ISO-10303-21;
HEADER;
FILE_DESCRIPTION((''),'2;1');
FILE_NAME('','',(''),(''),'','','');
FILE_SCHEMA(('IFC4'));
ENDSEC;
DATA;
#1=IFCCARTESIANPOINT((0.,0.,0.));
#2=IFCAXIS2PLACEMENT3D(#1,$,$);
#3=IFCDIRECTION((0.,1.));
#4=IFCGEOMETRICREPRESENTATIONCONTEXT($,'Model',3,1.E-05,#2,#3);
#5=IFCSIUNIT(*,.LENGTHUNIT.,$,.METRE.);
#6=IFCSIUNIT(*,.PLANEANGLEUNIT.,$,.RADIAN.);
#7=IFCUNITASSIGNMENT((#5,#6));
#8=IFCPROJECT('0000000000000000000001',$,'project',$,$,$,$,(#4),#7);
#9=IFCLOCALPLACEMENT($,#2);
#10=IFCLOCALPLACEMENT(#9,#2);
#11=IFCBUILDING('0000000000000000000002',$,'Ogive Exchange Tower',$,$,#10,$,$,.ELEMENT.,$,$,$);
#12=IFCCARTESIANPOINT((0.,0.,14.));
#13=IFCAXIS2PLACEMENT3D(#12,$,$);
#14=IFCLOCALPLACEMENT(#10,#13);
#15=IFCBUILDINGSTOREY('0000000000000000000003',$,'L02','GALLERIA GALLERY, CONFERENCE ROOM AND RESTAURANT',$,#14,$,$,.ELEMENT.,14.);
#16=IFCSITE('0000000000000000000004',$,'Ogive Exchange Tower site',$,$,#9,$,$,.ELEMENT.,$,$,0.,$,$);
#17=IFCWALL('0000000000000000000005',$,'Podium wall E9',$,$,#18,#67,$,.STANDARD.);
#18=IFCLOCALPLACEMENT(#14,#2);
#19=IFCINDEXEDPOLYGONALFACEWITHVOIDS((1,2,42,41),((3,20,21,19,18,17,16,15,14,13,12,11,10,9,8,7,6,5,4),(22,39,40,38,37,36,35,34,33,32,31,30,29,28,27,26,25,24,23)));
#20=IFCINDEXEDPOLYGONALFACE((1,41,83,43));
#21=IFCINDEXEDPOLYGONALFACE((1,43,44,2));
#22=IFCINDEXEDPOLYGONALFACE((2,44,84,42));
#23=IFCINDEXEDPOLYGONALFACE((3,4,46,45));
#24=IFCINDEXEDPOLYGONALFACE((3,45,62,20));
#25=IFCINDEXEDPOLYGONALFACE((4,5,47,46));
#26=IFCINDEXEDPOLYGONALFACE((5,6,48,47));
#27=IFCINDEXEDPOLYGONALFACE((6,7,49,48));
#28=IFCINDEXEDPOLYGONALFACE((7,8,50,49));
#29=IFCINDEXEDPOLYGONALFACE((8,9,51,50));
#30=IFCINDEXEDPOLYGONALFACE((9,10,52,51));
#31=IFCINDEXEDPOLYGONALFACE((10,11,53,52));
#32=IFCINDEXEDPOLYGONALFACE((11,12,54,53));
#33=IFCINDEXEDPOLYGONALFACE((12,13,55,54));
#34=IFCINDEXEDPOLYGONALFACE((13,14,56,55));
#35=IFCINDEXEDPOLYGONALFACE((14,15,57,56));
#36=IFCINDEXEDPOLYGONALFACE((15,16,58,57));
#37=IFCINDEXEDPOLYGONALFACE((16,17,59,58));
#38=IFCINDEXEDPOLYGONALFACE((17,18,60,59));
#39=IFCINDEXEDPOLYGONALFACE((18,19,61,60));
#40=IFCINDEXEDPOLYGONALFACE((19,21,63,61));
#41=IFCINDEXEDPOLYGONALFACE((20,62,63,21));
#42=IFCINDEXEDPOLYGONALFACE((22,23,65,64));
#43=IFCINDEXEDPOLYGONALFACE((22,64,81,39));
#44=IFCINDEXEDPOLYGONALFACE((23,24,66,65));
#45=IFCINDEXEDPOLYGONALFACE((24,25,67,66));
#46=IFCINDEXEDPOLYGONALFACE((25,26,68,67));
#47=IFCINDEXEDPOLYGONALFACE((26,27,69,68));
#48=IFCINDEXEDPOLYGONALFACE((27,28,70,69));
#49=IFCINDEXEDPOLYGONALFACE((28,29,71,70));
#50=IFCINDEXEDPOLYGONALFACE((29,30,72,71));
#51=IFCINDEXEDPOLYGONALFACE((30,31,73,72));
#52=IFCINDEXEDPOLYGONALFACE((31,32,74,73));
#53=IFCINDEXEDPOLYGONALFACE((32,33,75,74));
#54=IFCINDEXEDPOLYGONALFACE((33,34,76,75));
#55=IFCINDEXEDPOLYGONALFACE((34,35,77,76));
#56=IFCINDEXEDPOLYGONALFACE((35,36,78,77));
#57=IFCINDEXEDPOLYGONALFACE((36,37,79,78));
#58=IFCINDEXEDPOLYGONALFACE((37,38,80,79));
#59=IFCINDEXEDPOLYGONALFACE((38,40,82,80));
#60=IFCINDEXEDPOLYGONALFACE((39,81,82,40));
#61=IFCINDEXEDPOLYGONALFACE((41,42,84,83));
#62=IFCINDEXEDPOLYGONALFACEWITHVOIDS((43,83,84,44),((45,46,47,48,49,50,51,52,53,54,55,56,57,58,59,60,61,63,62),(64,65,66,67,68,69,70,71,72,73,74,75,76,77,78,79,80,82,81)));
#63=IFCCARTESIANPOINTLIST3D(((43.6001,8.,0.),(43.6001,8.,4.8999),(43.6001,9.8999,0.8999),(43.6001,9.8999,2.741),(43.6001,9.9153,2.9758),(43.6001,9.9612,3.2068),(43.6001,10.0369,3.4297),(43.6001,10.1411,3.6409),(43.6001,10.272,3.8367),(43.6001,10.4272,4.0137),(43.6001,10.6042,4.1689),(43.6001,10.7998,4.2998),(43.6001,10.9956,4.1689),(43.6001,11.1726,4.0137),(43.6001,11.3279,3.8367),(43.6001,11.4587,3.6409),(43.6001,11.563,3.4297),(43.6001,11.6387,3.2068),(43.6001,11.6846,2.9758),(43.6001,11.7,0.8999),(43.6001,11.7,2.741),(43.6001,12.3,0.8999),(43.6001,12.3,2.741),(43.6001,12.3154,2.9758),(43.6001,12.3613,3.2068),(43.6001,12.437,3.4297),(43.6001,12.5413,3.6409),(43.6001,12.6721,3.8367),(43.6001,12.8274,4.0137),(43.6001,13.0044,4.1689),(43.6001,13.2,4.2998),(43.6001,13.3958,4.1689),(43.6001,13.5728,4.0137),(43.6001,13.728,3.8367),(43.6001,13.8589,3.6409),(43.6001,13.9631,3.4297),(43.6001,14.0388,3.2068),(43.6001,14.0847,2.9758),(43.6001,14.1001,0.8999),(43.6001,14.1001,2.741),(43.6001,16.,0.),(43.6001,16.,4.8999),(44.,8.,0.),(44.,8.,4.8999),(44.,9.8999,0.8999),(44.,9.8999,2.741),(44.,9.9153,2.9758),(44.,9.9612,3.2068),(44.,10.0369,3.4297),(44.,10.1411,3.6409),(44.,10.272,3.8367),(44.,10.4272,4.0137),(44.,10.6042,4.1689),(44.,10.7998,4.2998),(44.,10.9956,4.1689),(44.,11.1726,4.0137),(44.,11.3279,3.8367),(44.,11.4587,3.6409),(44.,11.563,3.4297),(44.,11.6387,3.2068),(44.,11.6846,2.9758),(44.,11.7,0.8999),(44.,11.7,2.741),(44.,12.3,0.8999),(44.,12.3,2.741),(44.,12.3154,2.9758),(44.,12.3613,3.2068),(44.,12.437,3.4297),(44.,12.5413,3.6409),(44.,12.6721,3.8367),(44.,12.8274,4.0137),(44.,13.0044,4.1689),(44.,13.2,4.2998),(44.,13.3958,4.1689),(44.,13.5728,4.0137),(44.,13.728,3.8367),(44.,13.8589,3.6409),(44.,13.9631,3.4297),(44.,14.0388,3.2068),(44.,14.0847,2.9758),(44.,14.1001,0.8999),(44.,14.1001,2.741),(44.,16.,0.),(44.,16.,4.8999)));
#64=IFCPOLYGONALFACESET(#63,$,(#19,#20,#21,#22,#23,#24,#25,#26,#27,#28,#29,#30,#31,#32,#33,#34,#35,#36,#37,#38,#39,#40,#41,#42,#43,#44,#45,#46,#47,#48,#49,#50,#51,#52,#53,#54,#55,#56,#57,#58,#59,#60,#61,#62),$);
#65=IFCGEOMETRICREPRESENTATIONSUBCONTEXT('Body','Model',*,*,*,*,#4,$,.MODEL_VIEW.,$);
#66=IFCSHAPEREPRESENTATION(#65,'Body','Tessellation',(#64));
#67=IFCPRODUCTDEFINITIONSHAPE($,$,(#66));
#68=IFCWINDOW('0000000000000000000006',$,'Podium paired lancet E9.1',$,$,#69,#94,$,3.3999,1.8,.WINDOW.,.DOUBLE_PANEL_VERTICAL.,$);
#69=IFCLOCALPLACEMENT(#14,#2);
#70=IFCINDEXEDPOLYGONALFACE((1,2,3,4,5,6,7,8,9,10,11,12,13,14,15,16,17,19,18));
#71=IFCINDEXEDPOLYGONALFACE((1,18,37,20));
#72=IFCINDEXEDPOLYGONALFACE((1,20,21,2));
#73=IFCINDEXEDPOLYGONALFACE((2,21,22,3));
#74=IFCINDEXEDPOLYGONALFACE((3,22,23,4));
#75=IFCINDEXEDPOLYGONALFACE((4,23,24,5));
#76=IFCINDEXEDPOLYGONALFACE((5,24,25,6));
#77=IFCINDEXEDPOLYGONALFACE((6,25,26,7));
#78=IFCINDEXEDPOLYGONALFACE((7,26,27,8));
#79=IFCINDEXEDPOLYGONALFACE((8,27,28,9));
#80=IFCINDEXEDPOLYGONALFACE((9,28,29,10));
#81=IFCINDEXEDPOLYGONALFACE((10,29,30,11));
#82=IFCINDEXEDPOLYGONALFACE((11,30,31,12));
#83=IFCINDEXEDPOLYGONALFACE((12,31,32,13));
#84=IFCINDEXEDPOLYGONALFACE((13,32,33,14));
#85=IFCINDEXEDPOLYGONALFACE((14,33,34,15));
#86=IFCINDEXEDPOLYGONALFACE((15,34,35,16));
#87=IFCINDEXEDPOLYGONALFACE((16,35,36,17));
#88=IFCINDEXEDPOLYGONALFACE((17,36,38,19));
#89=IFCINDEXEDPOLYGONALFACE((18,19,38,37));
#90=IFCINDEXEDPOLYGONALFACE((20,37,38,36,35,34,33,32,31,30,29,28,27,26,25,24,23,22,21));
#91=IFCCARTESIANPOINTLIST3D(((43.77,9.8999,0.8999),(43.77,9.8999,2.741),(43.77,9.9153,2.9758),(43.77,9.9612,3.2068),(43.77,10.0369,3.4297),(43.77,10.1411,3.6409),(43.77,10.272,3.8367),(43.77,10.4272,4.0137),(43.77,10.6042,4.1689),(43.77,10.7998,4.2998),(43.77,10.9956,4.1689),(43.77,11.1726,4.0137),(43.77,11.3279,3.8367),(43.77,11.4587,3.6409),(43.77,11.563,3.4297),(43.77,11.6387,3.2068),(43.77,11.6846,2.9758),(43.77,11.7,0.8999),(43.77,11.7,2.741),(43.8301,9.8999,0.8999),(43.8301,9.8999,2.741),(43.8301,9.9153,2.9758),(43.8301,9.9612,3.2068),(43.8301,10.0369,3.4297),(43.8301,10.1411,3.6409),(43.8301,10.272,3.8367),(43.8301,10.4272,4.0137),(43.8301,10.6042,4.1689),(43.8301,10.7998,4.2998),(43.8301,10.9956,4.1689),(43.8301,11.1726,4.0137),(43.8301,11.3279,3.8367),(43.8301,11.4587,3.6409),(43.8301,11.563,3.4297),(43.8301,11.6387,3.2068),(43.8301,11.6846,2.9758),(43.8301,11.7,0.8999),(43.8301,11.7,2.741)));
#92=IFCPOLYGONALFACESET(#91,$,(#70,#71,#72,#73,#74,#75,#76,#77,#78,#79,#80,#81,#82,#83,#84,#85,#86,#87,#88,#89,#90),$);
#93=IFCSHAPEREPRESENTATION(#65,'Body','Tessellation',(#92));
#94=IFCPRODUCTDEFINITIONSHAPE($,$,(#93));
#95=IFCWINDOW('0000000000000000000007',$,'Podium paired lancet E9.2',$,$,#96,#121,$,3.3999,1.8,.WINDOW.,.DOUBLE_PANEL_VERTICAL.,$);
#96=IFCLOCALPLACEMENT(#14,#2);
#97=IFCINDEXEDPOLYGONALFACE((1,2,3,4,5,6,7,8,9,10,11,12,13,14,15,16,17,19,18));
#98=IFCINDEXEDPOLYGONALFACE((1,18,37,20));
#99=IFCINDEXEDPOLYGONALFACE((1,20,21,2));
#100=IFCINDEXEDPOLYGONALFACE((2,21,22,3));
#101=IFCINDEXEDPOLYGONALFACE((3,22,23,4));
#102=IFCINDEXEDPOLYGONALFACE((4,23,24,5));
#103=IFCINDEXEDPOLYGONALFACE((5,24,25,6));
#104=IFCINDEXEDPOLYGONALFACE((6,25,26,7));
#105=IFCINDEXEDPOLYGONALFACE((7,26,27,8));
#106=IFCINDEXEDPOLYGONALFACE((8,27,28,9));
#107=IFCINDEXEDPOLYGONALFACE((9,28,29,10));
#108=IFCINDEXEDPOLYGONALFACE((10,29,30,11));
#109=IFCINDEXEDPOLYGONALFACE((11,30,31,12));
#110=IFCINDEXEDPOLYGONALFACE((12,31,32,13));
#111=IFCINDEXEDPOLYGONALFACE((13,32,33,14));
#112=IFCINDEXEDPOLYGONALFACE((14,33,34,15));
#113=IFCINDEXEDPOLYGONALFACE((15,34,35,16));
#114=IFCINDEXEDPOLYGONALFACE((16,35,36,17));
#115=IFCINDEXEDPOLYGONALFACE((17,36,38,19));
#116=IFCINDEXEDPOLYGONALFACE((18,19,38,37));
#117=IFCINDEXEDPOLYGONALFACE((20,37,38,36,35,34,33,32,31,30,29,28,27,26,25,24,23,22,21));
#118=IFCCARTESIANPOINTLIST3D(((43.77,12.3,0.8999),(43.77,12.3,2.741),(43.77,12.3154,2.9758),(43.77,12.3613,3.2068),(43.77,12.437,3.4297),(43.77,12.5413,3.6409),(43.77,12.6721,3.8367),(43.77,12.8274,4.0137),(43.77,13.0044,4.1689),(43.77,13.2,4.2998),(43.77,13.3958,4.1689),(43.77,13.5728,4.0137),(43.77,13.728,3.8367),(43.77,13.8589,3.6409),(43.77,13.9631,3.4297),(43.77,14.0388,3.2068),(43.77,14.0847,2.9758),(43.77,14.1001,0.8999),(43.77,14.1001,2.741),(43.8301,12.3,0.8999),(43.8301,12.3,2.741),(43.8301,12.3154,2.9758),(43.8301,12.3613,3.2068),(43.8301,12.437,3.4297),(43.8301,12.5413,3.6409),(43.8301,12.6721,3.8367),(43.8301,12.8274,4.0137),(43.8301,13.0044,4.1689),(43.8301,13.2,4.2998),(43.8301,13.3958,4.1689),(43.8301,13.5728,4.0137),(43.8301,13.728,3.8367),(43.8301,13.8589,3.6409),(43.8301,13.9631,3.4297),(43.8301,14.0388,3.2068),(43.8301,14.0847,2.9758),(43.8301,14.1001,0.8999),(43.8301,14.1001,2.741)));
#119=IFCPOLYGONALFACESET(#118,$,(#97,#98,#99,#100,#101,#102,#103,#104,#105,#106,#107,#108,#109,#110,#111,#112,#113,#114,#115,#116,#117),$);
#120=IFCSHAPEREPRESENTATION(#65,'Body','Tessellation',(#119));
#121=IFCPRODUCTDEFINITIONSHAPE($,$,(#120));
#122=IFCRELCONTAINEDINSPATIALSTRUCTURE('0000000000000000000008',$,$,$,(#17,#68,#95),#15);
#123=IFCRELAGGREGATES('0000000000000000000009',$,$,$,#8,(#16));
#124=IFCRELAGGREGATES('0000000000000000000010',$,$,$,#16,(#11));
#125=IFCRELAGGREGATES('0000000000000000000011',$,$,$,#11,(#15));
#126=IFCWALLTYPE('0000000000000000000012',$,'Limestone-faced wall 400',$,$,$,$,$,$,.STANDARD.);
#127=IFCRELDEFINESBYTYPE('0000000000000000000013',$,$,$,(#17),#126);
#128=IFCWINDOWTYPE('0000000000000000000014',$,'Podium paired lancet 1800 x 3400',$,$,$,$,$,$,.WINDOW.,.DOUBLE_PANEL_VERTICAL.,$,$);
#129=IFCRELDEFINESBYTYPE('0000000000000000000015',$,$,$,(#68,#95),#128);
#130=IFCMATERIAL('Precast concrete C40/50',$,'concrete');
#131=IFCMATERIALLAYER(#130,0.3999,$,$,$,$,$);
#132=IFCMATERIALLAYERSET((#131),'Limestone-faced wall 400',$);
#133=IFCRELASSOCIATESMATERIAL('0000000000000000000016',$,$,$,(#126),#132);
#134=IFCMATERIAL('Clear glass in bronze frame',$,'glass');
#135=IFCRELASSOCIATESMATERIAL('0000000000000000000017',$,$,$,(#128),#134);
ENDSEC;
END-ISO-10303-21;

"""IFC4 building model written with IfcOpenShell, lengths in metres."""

from ifc_helpers import new_model, si_unit, direction, frame, frame_2d, origin, place, context, subcontext, project, spatial, polyline, rectangle, outline, extrude, material, layer, layer_set, type_object, element, fill, save


model = new_model("IFC4")

# Units and contexts
model_context = context("Model", 3, precision=1e-05, world=origin(), true_north=direction((0.0, 1.0)))
body_context = subcontext(model_context, "Body", "Model", "MODEL_VIEW")
ifc_project = project(units=[si_unit("LENGTHUNIT", "METRE"), si_unit("PLANEANGLEUNIT", "RADIAN")], contexts=[model_context])

# Site, building, storey
site_placement = place(None, origin())
site = spatial("IfcSite", under=ifc_project, at=site_placement, Name="Ogive Exchange Tower site", CompositionType="ELEMENT", RefElevation=0.0)
building_placement = place(site_placement, origin())
building = spatial("IfcBuilding", under=site, at=building_placement, Name="Ogive Exchange Tower", CompositionType="ELEMENT")
storey_placement = place(building_placement, frame((0.0, 0.0, 14.0)))
storey = spatial("IfcBuildingStorey", under=building, at=storey_placement, Name="L02", Description="GALLERIA GALLERY, CONFERENCE ROOM AND RESTAURANT", CompositionType="ELEMENT", Elevation=14.0)

# Wall, openings, windows
ifc_material_1 = material(Name="Precast concrete C40/50", Category="concrete")
ifc_layer_1 = layer(ifc_material_1, 0.3999)
ifc_layer_set_1 = layer_set([ifc_layer_1], Name="Limestone-faced wall 400")
wall_type_1 = type_object("IfcWallType", Name="Limestone-faced wall 400", PredefinedType="STANDARD", material=ifc_layer_set_1)
ifc_material_2 = material(Name="Clear glass in bronze frame", Category="glass")
window_type = type_object("IfcWindowType", Name="Podium paired lancet 1800 x 3400", PartitioningType="DOUBLE_PANEL_VERTICAL", PredefinedType="WINDOW", material=ifc_material_2)
wall_1_placement = place(storey_placement, frame((43.8, 8.0, 0.0), z_axis=(0.0, 0.0, 1.0), x_axis=(0.0, 1.0, 0.0)))
wall_1 = element("IfcWall", 1, at=wall_1_placement, inside=storey, type_object=wall_type_1, Name="Podium wall E9", PredefinedType="STANDARD", context=body_context, shape_type="SweptSolid", body=[
    extrude(rectangle(XDim=8.0, YDim=0.3999, at=frame_2d((4.0, 0.0))), origin(), (0.0, 0.0, 1.0), 4.8999),
])
opening_1_placement = place(wall_1_placement, frame((1.8999, 0.0, 0.8999)))
opening_1 = element("IfcOpeningElement", 2, at=opening_1_placement, cuts=wall_1, PredefinedType="OPENING", context=body_context, shape_type="SweptSolid", body=[
    extrude(outline(polyline([(0.0, 0.0), (1.8, 0.0), (1.8, 1.8411), (1.7847, 2.0759), (1.7388, 2.3069), (1.6631, 2.5298), (1.5588, 2.741), (1.428, 2.9368), (1.2727, 3.1138), (1.0957, 3.269), (0.8999, 3.3999), (0.7043, 3.269), (0.5273, 3.1138), (0.3721, 2.9368), (0.2412, 2.741), (0.137, 2.5298), (0.0613, 2.3069), (0.0154, 2.0759), (0.0, 1.8411), (0.0, 0.0)])), frame((0.0, 0.21, 0.0), z_axis=(0.0, -1.0, 0.0), x_axis=(1.0, 0.0, 0.0)), (0.0, 0.0, 1.0), 0.4199),
])
opening_2_placement = place(wall_1_placement, frame((4.3, 0.0, 0.8999)))
opening_2 = element("IfcOpeningElement", 3, at=opening_2_placement, cuts=wall_1, PredefinedType="OPENING", context=body_context, shape_type="SweptSolid", body=[
    extrude(outline(polyline([(0.0, 0.0), (1.8, 0.0), (1.8, 1.8411), (1.7847, 2.0759), (1.7388, 2.3069), (1.6631, 2.5298), (1.5588, 2.741), (1.428, 2.9368), (1.2727, 3.1138), (1.0957, 3.269), (0.8999, 3.3999), (0.7043, 3.269), (0.5273, 3.1138), (0.3721, 2.9368), (0.2412, 2.741), (0.137, 2.5298), (0.0613, 2.3069), (0.0154, 2.0759), (0.0, 1.8411), (0.0, 0.0)])), frame((0.0, 0.21, 0.0), z_axis=(0.0, -1.0, 0.0), x_axis=(1.0, 0.0, 0.0)), (0.0, 0.0, 1.0), 0.4199),
])
window_1_placement = place(opening_1_placement, origin())
window_1 = element("IfcWindow", 4, at=window_1_placement, inside=storey, type_object=window_type, Name="Podium paired lancet E9.1", OverallHeight=3.3999, OverallWidth=1.8, PartitioningType="DOUBLE_PANEL_VERTICAL", PredefinedType="WINDOW", context=body_context, shape_type="SweptSolid", body=[
    extrude(outline(polyline([(0.0, 0.0), (1.8, 0.0), (1.8, 1.8411), (1.7847, 2.0759), (1.7388, 2.3069), (1.6631, 2.5298), (1.5588, 2.741), (1.428, 2.9368), (1.2727, 3.1138), (1.0957, 3.269), (0.8999, 3.3999), (0.7043, 3.269), (0.5273, 3.1138), (0.3721, 2.9368), (0.2412, 2.741), (0.137, 2.5298), (0.0613, 2.3069), (0.0154, 2.0759), (0.0, 1.8411), (0.0, 0.0)])), frame((0.0, 0.03, 0.0), z_axis=(0.0, -1.0, 0.0), x_axis=(1.0, 0.0, 0.0)), (0.0, 0.0, 1.0), 0.0601),
])
fill(opening_1, window_1)
window_2_placement = place(opening_2_placement, origin())
window_2 = element("IfcWindow", 5, at=window_2_placement, inside=storey, type_object=window_type, Name="Podium paired lancet E9.2", OverallHeight=3.3999, OverallWidth=1.8, PartitioningType="DOUBLE_PANEL_VERTICAL", PredefinedType="WINDOW", context=body_context, shape_type="SweptSolid", body=[
    extrude(outline(polyline([(0.0, 0.0), (1.8, 0.0), (1.8, 1.8411), (1.7847, 2.0759), (1.7388, 2.3069), (1.6631, 2.5298), (1.5588, 2.741), (1.428, 2.9368), (1.2727, 3.1138), (1.0957, 3.269), (0.8999, 3.3999), (0.7043, 3.269), (0.5273, 3.1138), (0.3721, 2.9368), (0.2412, 2.741), (0.137, 2.5298), (0.0613, 2.3069), (0.0154, 2.0759), (0.0, 1.8411), (0.0, 0.0)])), frame((0.0, 0.03, 0.0), z_axis=(0.0, -1.0, 0.0), x_axis=(1.0, 0.0, 0.0)), (0.0, 0.0, 1.0), 0.0601),
])
fill(opening_2, window_2)

save(model, "model.ifc")
